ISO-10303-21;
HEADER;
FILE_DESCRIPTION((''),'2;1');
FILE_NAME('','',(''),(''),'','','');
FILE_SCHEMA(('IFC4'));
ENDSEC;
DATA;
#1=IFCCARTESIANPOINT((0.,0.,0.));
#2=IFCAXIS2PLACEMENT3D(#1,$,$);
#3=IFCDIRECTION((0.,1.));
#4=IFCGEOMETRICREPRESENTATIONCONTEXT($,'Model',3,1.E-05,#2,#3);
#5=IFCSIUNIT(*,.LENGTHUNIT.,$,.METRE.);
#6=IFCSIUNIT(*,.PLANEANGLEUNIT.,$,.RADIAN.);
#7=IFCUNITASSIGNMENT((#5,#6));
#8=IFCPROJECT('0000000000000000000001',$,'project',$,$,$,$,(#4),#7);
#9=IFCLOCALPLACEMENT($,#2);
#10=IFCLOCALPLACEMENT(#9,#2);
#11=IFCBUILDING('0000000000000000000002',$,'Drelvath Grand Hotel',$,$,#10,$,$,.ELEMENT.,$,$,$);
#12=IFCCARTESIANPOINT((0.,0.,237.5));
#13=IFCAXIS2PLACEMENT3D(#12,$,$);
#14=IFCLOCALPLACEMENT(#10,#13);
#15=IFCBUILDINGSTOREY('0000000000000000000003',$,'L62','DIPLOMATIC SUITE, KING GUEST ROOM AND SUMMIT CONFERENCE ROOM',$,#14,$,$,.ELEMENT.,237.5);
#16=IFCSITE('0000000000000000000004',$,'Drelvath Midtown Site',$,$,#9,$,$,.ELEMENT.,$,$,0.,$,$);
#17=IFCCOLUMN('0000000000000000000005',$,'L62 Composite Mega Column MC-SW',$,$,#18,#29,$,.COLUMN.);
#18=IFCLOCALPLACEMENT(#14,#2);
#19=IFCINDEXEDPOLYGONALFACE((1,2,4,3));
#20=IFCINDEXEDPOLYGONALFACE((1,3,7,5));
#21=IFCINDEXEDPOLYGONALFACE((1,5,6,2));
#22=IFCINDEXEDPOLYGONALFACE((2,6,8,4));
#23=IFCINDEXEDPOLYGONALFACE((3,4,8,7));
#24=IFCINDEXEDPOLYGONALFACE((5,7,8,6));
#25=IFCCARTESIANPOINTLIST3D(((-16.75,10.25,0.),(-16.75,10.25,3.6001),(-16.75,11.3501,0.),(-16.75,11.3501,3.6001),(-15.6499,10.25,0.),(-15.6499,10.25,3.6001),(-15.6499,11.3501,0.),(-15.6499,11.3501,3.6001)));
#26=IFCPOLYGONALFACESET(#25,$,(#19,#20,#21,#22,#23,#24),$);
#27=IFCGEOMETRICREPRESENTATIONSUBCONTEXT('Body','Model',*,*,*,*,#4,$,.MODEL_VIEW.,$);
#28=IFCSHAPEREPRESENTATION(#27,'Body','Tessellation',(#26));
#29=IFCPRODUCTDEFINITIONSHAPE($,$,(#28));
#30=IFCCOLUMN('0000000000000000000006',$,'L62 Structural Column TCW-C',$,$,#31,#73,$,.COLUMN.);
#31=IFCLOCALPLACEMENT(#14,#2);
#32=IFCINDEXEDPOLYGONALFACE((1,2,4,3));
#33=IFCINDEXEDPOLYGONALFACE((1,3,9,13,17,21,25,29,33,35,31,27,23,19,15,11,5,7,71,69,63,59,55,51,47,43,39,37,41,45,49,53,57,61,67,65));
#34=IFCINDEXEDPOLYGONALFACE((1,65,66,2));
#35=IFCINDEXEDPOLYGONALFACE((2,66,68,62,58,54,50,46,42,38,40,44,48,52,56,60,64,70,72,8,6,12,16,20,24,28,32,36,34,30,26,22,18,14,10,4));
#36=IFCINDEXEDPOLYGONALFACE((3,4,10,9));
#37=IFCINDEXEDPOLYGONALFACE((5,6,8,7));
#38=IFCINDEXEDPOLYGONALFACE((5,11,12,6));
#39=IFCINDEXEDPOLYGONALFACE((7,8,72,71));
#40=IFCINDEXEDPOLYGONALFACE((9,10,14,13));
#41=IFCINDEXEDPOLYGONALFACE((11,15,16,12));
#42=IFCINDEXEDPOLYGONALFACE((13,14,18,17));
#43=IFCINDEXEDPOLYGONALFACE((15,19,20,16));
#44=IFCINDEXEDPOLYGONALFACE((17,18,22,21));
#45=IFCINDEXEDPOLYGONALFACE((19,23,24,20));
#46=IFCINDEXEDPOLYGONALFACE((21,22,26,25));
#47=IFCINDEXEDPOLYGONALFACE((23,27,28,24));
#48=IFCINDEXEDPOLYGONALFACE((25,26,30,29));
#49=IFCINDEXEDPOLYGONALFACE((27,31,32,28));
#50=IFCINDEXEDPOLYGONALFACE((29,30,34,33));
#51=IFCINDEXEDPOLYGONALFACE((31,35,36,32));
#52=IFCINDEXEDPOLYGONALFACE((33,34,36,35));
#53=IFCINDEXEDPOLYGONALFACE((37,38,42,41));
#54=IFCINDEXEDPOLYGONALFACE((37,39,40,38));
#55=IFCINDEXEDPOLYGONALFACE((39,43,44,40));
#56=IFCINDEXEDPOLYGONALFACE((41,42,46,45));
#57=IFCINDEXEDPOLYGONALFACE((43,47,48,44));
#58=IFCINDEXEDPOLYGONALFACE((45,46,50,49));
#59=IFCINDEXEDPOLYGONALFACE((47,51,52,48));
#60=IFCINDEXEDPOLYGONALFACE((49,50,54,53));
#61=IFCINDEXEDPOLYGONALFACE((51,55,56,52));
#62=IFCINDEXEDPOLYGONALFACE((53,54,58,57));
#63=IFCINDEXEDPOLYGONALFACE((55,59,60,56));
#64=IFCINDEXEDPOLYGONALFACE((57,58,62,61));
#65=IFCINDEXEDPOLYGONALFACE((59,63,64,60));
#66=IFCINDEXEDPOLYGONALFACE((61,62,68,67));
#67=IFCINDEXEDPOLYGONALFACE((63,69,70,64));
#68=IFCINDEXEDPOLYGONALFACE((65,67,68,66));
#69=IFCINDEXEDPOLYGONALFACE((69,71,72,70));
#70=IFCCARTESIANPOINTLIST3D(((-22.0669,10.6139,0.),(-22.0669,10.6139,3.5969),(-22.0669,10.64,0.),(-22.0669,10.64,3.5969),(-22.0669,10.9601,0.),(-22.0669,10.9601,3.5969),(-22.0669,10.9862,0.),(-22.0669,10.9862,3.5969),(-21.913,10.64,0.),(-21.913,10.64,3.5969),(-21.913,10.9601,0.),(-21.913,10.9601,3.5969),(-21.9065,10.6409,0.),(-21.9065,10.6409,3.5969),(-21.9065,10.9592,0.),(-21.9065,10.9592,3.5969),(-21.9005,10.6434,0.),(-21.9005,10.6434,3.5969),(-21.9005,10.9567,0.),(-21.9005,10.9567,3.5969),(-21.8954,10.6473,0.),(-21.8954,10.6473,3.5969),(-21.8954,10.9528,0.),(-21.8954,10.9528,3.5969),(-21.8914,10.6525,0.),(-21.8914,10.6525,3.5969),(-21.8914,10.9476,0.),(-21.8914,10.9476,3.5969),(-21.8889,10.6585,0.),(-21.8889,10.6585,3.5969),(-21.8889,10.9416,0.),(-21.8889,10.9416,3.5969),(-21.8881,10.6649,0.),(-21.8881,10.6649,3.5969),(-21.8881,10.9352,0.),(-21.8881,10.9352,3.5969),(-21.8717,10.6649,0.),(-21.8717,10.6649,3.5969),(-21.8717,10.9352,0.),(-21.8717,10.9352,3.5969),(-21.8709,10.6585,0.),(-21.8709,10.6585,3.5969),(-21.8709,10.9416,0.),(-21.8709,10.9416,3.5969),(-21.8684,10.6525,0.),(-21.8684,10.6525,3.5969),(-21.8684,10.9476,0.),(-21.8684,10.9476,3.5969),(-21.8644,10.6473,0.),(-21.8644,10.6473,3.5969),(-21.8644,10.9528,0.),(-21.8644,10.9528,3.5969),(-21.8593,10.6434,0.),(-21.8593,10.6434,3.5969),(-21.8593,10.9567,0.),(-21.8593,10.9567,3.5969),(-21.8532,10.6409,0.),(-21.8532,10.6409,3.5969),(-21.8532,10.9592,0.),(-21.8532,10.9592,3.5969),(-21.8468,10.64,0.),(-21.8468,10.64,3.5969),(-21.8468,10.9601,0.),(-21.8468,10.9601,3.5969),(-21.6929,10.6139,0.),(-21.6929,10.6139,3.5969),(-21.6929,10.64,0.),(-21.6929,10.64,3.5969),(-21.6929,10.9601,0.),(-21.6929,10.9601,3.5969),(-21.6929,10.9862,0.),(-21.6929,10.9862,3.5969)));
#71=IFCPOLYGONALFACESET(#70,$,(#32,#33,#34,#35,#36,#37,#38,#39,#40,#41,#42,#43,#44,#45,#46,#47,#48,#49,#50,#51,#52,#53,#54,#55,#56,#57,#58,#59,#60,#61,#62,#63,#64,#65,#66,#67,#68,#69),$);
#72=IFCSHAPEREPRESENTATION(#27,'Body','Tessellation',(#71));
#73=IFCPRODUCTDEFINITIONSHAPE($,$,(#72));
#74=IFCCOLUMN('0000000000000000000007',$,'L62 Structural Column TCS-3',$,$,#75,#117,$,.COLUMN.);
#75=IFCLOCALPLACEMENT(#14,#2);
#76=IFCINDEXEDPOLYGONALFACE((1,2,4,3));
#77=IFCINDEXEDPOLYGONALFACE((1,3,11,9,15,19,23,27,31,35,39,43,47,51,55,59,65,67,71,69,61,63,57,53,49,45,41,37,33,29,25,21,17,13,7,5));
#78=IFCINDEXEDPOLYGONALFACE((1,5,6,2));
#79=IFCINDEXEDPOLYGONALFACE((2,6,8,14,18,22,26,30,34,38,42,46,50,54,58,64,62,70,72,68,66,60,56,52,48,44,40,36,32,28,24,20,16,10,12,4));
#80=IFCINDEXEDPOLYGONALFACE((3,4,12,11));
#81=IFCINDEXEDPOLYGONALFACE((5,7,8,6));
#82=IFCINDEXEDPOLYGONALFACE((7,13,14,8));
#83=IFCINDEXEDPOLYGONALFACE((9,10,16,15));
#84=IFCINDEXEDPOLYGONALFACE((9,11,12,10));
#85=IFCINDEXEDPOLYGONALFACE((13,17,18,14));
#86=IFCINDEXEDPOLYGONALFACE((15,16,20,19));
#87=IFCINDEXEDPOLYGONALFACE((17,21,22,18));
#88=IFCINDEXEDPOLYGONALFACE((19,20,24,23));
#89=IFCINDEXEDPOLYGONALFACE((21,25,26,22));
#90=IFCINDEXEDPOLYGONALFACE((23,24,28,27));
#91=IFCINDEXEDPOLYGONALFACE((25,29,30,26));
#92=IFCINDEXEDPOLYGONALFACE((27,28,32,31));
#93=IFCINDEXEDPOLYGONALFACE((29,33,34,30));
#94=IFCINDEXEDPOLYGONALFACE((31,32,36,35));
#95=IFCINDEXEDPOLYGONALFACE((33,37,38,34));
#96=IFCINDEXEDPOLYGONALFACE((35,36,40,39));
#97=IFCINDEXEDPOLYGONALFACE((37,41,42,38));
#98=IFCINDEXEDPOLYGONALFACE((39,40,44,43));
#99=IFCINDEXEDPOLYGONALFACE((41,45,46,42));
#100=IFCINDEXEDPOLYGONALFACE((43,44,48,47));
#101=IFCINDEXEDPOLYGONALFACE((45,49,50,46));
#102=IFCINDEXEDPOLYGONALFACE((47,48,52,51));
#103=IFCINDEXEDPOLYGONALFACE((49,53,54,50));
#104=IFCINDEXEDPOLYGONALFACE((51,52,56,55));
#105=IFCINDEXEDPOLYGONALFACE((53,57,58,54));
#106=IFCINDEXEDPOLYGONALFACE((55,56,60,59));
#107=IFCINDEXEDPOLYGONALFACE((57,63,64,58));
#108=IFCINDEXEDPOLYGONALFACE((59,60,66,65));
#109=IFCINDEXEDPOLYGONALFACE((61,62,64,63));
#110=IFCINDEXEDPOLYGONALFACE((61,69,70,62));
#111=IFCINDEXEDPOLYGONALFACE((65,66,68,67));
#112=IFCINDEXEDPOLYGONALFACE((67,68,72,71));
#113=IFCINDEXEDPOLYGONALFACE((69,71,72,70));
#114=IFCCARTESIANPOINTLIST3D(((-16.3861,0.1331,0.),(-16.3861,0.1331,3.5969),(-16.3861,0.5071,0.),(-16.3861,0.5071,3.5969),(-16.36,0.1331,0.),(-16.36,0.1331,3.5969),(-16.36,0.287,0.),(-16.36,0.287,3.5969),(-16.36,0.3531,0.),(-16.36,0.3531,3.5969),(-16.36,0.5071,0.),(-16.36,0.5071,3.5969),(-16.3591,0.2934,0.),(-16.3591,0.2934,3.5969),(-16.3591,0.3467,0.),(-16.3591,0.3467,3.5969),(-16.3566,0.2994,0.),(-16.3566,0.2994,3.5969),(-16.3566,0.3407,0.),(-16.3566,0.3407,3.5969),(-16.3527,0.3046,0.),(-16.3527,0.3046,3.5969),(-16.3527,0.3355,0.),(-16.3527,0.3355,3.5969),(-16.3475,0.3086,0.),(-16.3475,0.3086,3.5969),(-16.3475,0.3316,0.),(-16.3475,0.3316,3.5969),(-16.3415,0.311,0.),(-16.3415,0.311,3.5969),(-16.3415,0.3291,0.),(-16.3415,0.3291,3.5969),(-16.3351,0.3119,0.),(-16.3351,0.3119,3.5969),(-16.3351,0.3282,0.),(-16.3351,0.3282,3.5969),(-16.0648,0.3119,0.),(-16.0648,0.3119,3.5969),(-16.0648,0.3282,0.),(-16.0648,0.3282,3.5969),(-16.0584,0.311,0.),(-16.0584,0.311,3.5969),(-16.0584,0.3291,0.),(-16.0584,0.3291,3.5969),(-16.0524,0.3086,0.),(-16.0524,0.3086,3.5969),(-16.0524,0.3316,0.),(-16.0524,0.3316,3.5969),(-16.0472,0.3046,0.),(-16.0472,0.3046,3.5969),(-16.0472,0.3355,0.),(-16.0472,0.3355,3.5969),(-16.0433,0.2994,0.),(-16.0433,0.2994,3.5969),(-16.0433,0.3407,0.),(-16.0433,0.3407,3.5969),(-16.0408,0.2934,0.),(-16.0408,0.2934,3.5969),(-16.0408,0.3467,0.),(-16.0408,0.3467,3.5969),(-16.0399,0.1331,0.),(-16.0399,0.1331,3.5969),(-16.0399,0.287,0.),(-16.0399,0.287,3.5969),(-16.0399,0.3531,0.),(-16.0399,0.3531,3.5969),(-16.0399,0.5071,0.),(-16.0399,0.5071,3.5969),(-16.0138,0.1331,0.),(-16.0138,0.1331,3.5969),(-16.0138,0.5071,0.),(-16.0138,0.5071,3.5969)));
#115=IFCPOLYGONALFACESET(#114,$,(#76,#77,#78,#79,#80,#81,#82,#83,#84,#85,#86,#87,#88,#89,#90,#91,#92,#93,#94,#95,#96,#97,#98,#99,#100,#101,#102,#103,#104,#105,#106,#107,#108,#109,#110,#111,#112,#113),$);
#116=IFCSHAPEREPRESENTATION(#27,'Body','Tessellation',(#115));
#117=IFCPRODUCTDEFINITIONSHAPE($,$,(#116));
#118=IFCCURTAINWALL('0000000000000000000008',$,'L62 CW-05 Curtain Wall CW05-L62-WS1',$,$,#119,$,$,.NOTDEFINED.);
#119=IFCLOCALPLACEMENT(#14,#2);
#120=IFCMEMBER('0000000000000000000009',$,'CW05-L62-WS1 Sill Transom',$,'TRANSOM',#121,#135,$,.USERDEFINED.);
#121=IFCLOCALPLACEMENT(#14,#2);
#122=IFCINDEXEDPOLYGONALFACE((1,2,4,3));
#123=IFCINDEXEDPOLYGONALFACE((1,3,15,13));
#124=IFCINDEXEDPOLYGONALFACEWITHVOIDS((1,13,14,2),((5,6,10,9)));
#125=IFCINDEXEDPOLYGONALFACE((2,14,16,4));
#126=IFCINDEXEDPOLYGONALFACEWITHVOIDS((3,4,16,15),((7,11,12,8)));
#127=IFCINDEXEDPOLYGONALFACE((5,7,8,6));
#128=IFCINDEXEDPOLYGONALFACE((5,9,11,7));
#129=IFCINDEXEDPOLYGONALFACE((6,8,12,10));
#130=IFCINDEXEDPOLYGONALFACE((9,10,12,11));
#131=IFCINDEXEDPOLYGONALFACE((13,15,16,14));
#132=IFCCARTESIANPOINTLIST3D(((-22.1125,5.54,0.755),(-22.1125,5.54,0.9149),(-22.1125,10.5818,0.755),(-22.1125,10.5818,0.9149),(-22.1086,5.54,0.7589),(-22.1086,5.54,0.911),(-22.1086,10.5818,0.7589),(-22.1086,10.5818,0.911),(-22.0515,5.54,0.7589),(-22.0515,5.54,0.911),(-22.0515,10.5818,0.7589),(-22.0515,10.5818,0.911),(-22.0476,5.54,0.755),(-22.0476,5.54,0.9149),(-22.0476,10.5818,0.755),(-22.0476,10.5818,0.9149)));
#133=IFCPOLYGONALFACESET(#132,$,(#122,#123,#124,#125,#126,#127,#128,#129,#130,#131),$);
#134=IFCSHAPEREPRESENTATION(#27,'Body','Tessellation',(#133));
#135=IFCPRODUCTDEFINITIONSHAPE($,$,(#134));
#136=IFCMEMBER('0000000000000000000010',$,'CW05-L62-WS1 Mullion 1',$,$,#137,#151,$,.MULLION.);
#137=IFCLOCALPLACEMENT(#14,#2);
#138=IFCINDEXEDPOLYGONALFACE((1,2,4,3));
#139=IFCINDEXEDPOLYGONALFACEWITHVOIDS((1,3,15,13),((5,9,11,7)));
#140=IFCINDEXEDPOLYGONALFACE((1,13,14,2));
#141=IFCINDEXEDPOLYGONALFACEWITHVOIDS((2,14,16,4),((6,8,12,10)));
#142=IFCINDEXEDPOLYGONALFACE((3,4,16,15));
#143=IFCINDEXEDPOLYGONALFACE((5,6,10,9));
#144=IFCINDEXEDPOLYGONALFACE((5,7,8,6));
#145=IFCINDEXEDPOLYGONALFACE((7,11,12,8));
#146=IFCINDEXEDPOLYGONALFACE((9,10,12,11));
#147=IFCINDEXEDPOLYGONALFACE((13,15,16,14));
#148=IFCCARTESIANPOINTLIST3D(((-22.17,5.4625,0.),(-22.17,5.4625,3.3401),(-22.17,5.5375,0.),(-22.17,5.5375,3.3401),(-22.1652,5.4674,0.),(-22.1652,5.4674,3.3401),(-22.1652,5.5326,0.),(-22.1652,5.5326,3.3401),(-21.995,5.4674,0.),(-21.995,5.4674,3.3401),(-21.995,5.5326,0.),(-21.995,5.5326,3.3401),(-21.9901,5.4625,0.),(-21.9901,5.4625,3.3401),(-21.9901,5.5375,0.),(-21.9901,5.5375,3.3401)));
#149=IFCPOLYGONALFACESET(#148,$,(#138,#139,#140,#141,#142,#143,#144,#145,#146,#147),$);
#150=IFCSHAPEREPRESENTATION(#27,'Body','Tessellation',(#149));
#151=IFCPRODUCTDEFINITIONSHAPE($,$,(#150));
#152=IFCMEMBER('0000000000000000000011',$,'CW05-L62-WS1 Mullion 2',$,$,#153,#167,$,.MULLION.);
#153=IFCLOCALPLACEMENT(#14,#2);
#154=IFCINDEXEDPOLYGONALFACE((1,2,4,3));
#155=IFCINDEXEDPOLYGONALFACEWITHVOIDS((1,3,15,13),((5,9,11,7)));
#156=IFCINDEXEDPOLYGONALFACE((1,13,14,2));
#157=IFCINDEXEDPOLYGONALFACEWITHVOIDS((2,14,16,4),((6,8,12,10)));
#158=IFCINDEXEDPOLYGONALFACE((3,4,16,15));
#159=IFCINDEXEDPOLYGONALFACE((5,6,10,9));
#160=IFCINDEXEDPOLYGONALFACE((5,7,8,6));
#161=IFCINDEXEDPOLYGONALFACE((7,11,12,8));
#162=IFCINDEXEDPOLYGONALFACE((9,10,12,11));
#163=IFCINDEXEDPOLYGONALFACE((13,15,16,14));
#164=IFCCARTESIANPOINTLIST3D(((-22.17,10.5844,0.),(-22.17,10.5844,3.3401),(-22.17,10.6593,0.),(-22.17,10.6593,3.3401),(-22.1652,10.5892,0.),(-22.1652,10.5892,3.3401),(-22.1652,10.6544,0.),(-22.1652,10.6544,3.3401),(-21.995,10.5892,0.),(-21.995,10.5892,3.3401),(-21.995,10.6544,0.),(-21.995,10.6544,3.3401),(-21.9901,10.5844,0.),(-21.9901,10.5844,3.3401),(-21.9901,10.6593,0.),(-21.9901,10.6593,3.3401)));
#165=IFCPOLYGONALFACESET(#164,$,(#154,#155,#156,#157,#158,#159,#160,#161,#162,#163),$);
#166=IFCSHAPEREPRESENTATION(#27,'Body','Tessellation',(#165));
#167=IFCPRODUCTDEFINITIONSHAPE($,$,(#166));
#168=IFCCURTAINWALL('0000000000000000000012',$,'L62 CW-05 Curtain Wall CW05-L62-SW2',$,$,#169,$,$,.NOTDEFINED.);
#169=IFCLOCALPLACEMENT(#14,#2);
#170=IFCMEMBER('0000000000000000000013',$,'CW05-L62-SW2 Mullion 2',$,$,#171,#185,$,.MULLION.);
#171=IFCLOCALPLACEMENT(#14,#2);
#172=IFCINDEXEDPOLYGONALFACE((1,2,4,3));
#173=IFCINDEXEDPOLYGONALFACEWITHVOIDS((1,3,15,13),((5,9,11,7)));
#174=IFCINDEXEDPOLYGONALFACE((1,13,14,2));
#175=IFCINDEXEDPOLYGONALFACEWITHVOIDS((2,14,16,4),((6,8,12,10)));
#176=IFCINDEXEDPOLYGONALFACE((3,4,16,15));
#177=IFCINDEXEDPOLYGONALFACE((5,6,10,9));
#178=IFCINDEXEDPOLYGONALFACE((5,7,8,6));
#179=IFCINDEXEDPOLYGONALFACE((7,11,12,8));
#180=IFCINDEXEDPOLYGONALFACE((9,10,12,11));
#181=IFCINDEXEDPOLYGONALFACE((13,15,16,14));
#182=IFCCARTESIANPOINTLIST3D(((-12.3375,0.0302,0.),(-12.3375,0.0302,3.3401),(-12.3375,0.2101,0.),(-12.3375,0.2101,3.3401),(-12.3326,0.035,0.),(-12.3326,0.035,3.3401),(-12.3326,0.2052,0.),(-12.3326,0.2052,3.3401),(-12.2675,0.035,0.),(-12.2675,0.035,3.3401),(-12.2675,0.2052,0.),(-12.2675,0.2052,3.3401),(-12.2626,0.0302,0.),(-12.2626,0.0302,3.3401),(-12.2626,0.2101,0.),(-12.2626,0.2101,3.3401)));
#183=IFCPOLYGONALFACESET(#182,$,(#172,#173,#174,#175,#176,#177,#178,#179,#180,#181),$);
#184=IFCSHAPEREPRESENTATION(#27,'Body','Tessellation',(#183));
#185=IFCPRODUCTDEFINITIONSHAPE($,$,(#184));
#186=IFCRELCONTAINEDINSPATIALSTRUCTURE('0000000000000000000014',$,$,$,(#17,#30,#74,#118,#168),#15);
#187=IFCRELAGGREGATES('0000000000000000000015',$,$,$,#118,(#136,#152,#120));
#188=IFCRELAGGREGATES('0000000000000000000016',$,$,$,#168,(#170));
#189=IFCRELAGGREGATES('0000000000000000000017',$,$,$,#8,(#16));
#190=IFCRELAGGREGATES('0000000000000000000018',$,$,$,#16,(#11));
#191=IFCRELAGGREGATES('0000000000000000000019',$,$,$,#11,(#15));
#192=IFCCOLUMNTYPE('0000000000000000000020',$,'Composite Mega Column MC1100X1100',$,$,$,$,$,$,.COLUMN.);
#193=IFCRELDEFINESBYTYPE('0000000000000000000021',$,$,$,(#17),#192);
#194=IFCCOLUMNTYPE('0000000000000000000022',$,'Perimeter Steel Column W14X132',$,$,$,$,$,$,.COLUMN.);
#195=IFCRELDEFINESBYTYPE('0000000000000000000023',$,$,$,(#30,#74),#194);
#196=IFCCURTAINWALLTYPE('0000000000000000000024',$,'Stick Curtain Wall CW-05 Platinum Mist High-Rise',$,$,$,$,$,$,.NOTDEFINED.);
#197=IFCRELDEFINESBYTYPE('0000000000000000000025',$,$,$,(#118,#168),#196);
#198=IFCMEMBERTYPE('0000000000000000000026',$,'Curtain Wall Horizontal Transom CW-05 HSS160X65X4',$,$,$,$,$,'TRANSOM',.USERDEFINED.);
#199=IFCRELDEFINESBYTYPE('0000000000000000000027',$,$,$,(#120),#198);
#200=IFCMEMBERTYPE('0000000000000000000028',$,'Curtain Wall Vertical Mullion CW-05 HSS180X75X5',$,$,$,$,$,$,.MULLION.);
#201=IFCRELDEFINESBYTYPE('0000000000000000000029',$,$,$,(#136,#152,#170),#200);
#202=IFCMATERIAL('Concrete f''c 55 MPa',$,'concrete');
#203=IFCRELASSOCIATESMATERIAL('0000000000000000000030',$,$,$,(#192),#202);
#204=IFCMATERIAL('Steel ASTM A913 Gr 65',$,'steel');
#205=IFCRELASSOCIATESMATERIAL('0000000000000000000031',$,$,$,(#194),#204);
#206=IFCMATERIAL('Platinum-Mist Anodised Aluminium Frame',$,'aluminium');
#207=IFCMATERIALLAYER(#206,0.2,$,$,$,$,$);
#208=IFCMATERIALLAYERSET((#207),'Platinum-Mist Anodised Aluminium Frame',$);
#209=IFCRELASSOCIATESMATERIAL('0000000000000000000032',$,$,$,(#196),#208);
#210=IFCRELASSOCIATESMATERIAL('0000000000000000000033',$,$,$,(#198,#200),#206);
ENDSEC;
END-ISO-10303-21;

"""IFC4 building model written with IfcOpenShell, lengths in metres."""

from ifc_helpers import new_model, si_unit, direction, frame, origin, origin_2d, place, context, subcontext, project, spatial, rectangle, hollow_rectangle, i_section, extrude, material, layer, layer_set, material_profile, profile_set, type_object, element, aggregate, save


model = new_model("IFC4")

# Units and contexts
model_context = context("Model", 3, precision=1e-05, world=origin(), true_north=direction((0.0, 1.0)))
body_context = subcontext(model_context, "Body", "Model", "MODEL_VIEW")
ifc_project = project(units=[si_unit("LENGTHUNIT", "METRE"), si_unit("PLANEANGLEUNIT", "RADIAN")], contexts=[model_context])

# Site, building, storey
site_placement = place(None, origin())
site = spatial("IfcSite", under=ifc_project, at=site_placement, Name="Drelvath Midtown Site", CompositionType="ELEMENT", RefElevation=0.0)
building_placement = place(site_placement, origin())
building = spatial("IfcBuilding", under=site, at=building_placement, Name="Drelvath Grand Hotel", CompositionType="ELEMENT")
storey_placement = place(building_placement, frame((0.0, 0.0, 237.5)))
storey = spatial("IfcBuildingStorey", under=building, at=storey_placement, Name="L62", Description="DIPLOMATIC SUITE, KING GUEST ROOM AND SUMMIT CONFERENCE ROOM", CompositionType="ELEMENT", Elevation=237.5)

# Columns
ifc_material_1 = material(Name="Concrete f'c 55 MPa", Category="concrete")
ifc_material_profile_1 = material_profile(ifc_material_1, rectangle(XDim=1.1001, YDim=1.1001, at=origin_2d()), Name="MC1100X1100")
ifc_profile_set_1 = profile_set([ifc_material_profile_1], Name="Concrete f'c 55 MPa")
column_type_1 = type_object("IfcColumnType", Name="Composite Mega Column MC1100X1100", PredefinedType="COLUMN", material=ifc_profile_set_1)
column_placement = place(storey_placement, frame((-16.2, 10.8, 0.0), z_axis=(0.0, 0.0, 1.0), x_axis=(1.0, 0.0, 0.0)))
element("IfcColumn", 1, at=column_placement, inside=storey, type_object=column_type_1, Name="L62 Composite Mega Column MC-SW", PredefinedType="COLUMN", context=body_context, shape_type="SweptSolid", body=[
    extrude(rectangle(XDim=1.1001, YDim=1.1001, at=origin_2d()), origin(), (0.0, 0.0, 1.0), 3.6001),
])
ifc_material_2 = material(Name="Steel ASTM A913 Gr 65", Category="steel")
ifc_material_profile_2 = material_profile(ifc_material_2, i_section(OverallWidth=0.374, OverallDepth=0.3723, WebThickness=0.0164, FlangeThickness=0.0261, FilletRadius=0.0249, at=origin_2d()), Name="W14X132")
ifc_profile_set_2 = profile_set([ifc_material_profile_2], Name="Steel ASTM A913 Gr 65")
column_type_2 = type_object("IfcColumnType", Name="Perimeter Steel Column W14X132", PredefinedType="COLUMN", material=ifc_profile_set_2)
for number, where, z_axis, x_axis, name in (
    (2, (-21.8799, 10.8, 0.0), (0.0, 0.0, 1.0), (1.0, 0.0, 0.0), "L62 Structural Column TCW-C"),
    (3, (-16.2, 0.3201, 0.0), (0.0, 0.0, 1.0), (0.0, 1.0, 0.0), "L62 Structural Column TCS-3"),
):
    element("IfcColumn", number, at=place(storey_placement, frame(where, z_axis=z_axis, x_axis=x_axis)), inside=storey, type_object=column_type_2, Name=name, PredefinedType="COLUMN", context=body_context, shape_type="SweptSolid", body=[
        extrude(i_section(OverallWidth=0.374, OverallDepth=0.3723, WebThickness=0.0164, FlangeThickness=0.0261, FilletRadius=0.0249, at=origin_2d()), origin(), (0.0, 0.0, 1.0), 3.5969),
    ])

# Curtain walls, members
ifc_material_3 = material(Name="Platinum-Mist Anodised Aluminium Frame", Category="aluminium")
ifc_layer_1 = layer(ifc_material_3, 0.2)
ifc_layer_set_1 = layer_set([ifc_layer_1], Name="Platinum-Mist Anodised Aluminium Frame")
curtain_wall_type = type_object("IfcCurtainWallType", Name="Stick Curtain Wall CW-05 Platinum Mist High-Rise", PredefinedType="NOTDEFINED", material=ifc_layer_set_1)
curtain_wall_1_placement = place(storey_placement, origin())
curtain_wall_1 = element("IfcCurtainWall", 4, at=curtain_wall_1_placement, inside=storey, type_object=curtain_wall_type, Name="L62 CW-05 Curtain Wall CW05-L62-WS1", PredefinedType="NOTDEFINED")
ifc_material_profile_3 = material_profile(ifc_material_3, hollow_rectangle(XDim=0.0649, YDim=0.1599, WallThickness=0.0039, at=origin_2d()), Name="HSS160X65X4")
ifc_profile_set_3 = profile_set([ifc_material_profile_3], Name="Platinum-Mist Anodised Aluminium Frame")
member_type_1 = type_object("IfcMemberType", Name="Curtain Wall Horizontal Transom CW-05 HSS160X65X4", ElementType="TRANSOM", PredefinedType="USERDEFINED", material=ifc_profile_set_3)
member_1_placement = place(storey_placement, frame((-22.0801, 5.54, 0.835), z_axis=(0.0, 1.0, 0.0), x_axis=(-1.0, 0.0, 0.0)))
member_1 = element("IfcMember", 5, at=member_1_placement, type_object=member_type_1, Name="CW05-L62-WS1 Sill Transom", ObjectType="TRANSOM", PredefinedType="USERDEFINED", context=body_context, shape_type="SweptSolid", body=[
    extrude(hollow_rectangle(XDim=0.0649, YDim=0.1599, WallThickness=0.0039, at=origin_2d()), origin(), (0.0, 0.0, 1.0), 5.0417),
])
ifc_material_profile_4 = material_profile(ifc_material_3, hollow_rectangle(XDim=0.075, YDim=0.1799, WallThickness=0.0049, at=origin_2d()), Name="HSS180X75X5")
ifc_profile_set_4 = profile_set([ifc_material_profile_4], Name="Platinum-Mist Anodised Aluminium Frame")
member_type_2 = type_object("IfcMemberType", Name="Curtain Wall Vertical Mullion CW-05 HSS180X75X5", PredefinedType="MULLION", material=ifc_profile_set_4)
member_2_placement = place(storey_placement, frame((-22.0801, 5.5, 0.0), z_axis=(0.0, 0.0, 1.0), x_axis=(0.0, 1.0, 0.0)))
member_2 = element("IfcMember", 6, at=member_2_placement, type_object=member_type_2, Name="CW05-L62-WS1 Mullion 1", PredefinedType="MULLION", context=body_context, shape_type="SweptSolid", body=[
    extrude(hollow_rectangle(XDim=0.075, YDim=0.1799, WallThickness=0.0049, at=origin_2d()), origin(), (0.0, 0.0, 1.0), 3.3401),
])
member_3_placement = place(storey_placement, frame((-22.0801, 10.6218, 0.0), z_axis=(0.0, 0.0, 1.0), x_axis=(0.0, 1.0, 0.0)))
member_3 = element("IfcMember", 7, at=member_3_placement, type_object=member_type_2, Name="CW05-L62-WS1 Mullion 2", PredefinedType="MULLION", context=body_context, shape_type="SweptSolid", body=[
    extrude(hollow_rectangle(XDim=0.075, YDim=0.1799, WallThickness=0.0049, at=origin_2d()), origin(), (0.0, 0.0, 1.0), 3.3401),
])
curtain_wall_2_placement = place(storey_placement, origin())
curtain_wall_2 = element("IfcCurtainWall", 8, at=curtain_wall_2_placement, inside=storey, type_object=curtain_wall_type, Name="L62 CW-05 Curtain Wall CW05-L62-SW2", PredefinedType="NOTDEFINED")
member_4_placement = place(storey_placement, frame((-12.3, 0.1201, 0.0), z_axis=(0.0, 0.0, 1.0), x_axis=(1.0, 0.0, 0.0)))
member_4 = element("IfcMember", 9, at=member_4_placement, type_object=member_type_2, Name="CW05-L62-SW2 Mullion 2", PredefinedType="MULLION", context=body_context, shape_type="SweptSolid", body=[
    extrude(hollow_rectangle(XDim=0.075, YDim=0.1799, WallThickness=0.0049, at=origin_2d()), origin(), (0.0, 0.0, 1.0), 3.3401),
])

aggregate(curtain_wall_1, [member_2, member_3, member_1])
aggregate(curtain_wall_2, [member_4])

save(model, "model.ifc")
